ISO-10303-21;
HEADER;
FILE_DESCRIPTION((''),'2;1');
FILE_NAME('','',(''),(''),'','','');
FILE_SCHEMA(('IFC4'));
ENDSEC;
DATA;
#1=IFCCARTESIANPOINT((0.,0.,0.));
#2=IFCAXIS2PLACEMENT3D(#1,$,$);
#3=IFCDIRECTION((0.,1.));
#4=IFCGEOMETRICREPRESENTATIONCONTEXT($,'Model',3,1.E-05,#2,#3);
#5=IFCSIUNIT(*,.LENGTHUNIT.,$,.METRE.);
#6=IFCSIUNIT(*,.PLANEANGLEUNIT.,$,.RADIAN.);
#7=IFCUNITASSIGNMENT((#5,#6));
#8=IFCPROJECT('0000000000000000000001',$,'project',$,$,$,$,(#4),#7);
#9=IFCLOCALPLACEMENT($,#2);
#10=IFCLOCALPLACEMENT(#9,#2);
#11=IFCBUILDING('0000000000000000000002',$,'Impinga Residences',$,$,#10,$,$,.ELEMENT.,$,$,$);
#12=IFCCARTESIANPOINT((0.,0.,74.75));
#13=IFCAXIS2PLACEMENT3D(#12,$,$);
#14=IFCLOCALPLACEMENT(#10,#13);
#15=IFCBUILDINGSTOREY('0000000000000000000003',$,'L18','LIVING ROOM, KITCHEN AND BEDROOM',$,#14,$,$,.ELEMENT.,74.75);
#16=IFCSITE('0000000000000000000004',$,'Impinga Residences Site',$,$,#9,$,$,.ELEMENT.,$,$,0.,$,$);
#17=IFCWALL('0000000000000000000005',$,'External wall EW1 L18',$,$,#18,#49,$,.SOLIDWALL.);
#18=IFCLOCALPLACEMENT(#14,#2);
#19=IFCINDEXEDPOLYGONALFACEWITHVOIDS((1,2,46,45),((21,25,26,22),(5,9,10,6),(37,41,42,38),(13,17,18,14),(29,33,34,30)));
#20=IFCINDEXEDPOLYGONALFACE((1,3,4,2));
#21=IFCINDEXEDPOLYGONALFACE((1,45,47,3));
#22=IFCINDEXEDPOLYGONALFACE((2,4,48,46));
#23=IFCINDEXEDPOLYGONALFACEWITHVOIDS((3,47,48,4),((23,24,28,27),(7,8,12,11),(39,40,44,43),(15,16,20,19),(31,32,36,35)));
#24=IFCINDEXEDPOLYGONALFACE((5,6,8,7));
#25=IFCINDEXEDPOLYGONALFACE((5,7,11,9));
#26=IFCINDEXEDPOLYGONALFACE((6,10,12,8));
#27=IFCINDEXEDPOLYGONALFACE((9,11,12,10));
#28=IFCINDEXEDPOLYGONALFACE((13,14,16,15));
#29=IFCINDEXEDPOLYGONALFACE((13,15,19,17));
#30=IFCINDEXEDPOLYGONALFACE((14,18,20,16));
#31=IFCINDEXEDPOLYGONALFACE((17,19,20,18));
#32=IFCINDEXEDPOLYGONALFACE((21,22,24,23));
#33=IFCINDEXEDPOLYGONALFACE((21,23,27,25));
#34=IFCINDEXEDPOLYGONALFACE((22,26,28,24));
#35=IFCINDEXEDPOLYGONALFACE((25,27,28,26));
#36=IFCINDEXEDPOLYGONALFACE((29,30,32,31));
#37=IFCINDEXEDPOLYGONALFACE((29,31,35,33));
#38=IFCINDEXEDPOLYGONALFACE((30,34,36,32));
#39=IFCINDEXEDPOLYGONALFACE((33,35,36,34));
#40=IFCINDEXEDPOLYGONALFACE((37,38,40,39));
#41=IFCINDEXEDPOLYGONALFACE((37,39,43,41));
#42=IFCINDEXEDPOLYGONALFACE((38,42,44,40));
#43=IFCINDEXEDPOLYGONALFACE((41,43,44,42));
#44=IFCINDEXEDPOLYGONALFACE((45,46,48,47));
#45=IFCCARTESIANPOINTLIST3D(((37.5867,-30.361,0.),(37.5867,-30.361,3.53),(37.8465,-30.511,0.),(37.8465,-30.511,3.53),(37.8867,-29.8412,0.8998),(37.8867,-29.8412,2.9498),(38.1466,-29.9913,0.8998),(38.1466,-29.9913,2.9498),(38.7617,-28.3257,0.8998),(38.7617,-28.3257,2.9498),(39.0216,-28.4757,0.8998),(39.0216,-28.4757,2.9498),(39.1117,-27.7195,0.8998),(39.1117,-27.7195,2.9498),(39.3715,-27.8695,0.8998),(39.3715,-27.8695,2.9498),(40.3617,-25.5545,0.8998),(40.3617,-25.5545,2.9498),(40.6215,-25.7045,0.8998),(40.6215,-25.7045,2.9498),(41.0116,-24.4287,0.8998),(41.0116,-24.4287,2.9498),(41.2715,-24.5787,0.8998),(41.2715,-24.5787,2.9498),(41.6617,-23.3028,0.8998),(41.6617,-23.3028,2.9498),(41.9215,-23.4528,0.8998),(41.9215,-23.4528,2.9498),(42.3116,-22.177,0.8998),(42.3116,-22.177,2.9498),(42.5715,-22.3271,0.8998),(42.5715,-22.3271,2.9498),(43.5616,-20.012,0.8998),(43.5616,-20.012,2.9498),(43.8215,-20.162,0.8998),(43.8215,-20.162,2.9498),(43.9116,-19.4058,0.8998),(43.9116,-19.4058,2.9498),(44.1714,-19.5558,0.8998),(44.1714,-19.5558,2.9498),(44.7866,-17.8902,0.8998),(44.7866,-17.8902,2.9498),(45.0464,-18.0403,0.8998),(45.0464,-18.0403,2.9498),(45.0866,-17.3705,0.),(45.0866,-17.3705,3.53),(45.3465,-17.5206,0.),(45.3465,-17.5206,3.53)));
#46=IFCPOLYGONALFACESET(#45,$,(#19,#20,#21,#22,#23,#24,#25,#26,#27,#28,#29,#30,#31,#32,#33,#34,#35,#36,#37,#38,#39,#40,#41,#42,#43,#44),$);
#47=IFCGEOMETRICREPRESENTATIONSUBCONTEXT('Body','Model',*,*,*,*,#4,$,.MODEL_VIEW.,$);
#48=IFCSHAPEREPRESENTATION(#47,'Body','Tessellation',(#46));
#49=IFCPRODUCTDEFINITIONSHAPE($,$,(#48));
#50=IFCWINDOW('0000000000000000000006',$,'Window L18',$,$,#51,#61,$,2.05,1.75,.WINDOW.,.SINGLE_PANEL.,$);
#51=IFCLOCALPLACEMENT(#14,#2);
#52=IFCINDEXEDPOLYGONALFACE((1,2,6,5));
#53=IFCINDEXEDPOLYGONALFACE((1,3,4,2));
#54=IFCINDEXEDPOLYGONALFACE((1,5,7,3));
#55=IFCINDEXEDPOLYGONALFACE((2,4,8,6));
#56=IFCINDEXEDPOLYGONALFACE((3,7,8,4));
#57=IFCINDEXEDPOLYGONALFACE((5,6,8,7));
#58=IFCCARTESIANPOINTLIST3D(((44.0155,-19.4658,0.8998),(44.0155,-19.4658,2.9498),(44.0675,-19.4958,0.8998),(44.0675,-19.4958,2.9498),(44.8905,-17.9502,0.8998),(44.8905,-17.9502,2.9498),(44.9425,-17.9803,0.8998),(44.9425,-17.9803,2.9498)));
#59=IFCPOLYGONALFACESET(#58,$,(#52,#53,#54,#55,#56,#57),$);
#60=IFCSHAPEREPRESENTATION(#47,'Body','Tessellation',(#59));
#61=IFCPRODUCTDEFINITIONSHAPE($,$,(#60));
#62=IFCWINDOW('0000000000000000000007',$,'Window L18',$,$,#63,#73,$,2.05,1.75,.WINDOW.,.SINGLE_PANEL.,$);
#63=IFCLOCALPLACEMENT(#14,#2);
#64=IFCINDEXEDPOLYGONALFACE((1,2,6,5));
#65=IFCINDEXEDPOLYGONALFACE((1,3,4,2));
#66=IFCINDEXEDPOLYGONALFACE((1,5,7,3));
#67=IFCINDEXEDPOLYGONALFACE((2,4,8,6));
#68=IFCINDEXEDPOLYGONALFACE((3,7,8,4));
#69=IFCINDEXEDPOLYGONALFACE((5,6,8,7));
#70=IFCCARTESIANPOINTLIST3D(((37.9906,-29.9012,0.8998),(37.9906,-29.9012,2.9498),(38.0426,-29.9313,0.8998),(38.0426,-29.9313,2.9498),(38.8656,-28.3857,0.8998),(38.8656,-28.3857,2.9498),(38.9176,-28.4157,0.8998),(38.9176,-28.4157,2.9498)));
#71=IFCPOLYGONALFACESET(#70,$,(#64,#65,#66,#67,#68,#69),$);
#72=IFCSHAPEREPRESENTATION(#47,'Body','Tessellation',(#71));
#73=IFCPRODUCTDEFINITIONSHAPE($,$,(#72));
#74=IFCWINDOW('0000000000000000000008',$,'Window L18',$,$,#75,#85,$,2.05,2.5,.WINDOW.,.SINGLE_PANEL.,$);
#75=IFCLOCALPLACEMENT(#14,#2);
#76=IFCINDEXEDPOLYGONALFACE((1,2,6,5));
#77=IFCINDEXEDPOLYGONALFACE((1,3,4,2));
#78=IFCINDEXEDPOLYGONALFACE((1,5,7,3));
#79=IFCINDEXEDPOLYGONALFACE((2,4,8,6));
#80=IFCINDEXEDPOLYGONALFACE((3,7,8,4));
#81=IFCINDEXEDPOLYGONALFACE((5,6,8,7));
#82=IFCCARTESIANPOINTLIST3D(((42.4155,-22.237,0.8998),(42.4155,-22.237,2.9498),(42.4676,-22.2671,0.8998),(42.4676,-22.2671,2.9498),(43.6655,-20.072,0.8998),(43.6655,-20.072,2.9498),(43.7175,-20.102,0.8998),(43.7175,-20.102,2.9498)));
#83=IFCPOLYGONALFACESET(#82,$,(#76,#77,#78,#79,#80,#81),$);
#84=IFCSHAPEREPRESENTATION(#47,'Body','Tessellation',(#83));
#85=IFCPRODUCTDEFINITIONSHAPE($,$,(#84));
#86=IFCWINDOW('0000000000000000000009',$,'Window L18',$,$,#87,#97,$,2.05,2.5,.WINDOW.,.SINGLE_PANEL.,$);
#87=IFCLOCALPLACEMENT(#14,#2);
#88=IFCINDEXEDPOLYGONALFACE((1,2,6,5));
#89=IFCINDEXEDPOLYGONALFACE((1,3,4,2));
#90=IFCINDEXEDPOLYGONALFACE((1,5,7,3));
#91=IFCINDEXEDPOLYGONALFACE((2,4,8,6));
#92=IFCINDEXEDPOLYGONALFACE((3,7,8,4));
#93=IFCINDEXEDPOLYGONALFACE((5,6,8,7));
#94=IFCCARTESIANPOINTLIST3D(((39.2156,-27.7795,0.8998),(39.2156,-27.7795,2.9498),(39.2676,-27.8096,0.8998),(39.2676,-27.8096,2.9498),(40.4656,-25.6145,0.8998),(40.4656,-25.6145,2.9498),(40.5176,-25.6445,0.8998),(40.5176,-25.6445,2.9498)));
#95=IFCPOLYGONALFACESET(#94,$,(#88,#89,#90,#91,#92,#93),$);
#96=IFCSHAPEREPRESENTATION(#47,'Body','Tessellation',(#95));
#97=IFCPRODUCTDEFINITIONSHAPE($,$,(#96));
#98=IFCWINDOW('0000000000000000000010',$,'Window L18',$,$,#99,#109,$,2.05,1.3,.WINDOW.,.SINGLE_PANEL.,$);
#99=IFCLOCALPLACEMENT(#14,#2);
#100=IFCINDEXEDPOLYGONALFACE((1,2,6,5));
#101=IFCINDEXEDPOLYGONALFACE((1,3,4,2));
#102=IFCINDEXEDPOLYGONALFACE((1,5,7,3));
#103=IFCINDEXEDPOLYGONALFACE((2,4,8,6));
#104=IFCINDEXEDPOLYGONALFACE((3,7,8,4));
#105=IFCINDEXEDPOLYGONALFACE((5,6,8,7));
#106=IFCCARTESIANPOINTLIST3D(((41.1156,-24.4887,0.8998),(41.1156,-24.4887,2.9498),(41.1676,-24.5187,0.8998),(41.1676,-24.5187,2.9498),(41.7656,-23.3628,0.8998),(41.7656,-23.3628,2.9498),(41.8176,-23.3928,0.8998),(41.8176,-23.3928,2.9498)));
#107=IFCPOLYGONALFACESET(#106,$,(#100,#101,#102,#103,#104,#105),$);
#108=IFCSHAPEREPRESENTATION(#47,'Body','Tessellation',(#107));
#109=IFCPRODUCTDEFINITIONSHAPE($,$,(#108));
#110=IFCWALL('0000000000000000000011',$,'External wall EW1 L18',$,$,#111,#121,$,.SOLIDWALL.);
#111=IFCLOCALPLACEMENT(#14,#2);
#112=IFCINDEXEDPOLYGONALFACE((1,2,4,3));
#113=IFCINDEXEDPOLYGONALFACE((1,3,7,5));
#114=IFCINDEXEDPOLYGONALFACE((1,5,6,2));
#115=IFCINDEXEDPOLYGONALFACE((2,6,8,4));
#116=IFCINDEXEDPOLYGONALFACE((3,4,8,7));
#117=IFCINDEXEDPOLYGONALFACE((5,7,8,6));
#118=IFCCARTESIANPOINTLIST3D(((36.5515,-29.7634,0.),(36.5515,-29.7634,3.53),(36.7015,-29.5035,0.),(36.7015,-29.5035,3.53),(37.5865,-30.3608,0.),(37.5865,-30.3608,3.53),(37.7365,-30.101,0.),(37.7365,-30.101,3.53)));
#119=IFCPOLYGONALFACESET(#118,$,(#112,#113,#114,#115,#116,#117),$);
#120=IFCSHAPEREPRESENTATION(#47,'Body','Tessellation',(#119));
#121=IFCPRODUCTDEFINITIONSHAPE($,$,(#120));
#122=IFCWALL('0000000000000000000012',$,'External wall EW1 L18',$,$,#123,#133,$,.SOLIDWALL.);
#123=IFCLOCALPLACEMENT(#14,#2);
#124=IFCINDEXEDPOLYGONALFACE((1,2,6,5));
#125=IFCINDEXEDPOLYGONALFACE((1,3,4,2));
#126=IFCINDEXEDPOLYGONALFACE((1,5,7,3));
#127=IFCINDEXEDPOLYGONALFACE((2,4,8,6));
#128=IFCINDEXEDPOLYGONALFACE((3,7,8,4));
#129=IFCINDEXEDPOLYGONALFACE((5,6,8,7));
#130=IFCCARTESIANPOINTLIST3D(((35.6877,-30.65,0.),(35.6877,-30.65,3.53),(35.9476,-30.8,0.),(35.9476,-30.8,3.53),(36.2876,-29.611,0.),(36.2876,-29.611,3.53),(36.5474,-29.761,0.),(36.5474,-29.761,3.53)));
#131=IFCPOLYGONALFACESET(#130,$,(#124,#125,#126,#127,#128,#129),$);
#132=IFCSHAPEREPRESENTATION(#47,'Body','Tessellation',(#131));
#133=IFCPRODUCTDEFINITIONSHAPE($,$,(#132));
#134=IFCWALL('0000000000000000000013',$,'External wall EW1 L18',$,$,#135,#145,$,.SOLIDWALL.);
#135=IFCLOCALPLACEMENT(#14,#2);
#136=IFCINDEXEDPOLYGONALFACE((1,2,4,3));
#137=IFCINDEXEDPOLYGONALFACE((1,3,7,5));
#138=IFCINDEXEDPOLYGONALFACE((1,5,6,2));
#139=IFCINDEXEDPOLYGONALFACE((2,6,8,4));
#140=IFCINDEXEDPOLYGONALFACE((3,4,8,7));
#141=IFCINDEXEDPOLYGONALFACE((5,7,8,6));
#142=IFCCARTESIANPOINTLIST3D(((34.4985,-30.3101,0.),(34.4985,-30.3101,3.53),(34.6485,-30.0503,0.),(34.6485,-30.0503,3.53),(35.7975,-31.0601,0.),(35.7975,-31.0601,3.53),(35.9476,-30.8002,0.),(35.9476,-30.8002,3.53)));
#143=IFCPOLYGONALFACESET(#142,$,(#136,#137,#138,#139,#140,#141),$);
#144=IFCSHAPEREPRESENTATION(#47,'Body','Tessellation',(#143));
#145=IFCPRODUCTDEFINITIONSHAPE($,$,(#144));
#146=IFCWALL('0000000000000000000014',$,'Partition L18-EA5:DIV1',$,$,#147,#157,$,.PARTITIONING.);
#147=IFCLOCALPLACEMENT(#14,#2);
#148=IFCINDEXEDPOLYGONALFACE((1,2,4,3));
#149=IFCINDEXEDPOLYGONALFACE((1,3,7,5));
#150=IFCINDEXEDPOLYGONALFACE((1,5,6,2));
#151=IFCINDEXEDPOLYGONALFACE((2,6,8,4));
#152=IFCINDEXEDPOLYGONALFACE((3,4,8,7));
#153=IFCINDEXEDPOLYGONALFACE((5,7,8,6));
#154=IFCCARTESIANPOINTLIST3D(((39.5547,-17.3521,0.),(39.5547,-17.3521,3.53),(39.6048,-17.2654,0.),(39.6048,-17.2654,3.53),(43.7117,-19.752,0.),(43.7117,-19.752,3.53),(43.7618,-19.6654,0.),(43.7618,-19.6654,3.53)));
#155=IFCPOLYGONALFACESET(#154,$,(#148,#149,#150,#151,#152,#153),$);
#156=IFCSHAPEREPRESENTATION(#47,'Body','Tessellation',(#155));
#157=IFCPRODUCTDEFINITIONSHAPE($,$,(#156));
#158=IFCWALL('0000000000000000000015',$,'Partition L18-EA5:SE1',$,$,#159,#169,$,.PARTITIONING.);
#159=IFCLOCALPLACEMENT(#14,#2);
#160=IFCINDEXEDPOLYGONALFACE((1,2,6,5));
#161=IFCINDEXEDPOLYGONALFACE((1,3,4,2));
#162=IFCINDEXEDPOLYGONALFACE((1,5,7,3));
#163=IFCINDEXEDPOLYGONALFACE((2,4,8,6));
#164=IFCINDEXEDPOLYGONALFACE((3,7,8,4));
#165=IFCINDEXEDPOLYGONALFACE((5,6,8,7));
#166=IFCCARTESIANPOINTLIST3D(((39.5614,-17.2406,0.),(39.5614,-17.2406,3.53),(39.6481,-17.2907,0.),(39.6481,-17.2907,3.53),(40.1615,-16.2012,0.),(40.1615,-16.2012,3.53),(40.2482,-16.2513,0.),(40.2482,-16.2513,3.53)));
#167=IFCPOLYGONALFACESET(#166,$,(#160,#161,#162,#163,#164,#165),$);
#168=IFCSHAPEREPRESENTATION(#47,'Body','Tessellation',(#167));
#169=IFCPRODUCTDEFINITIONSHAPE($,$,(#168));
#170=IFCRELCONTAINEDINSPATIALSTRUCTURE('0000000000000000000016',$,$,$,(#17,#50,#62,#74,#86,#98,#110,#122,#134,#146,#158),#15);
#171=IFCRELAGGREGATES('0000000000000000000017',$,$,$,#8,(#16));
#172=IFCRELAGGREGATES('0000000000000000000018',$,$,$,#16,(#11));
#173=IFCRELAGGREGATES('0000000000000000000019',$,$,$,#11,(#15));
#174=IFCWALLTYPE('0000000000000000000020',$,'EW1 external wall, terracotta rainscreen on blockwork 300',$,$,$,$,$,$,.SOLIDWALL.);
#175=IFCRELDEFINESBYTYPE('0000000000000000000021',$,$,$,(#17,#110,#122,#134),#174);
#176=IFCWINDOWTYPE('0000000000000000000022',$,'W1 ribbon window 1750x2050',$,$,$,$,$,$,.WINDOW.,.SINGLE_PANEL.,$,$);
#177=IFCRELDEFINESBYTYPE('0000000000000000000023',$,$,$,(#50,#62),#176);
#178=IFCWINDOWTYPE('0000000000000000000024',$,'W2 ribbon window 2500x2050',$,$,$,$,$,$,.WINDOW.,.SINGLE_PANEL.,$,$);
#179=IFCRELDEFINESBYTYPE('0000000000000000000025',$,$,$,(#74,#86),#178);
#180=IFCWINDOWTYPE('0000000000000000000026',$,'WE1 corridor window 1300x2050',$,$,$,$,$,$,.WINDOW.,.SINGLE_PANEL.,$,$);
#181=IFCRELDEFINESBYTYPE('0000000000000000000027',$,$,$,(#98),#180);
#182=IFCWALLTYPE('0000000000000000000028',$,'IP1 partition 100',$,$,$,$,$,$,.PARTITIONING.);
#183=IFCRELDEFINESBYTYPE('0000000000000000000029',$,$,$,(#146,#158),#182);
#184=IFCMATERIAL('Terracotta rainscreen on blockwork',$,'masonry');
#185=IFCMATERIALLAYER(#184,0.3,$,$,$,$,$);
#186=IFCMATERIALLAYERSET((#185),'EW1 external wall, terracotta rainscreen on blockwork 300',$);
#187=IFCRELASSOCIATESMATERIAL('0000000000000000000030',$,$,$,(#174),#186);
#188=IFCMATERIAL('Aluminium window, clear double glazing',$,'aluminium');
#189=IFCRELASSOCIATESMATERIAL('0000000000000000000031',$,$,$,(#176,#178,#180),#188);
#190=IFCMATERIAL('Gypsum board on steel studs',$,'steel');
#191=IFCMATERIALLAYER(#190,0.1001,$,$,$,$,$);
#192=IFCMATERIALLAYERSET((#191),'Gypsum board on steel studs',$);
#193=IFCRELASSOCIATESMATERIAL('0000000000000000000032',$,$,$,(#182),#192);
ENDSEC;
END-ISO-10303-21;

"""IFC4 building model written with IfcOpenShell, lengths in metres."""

from ifc_helpers import new_model, si_unit, direction, frame, frame_2d, origin, place, context, subcontext, project, spatial, rectangle, extrude, material, layer, layer_set, type_object, element, fill, save


model = new_model("IFC4")

# Units and contexts
model_context = context("Model", 3, precision=1e-05, world=origin(), true_north=direction((0.0, 1.0)))
body_context = subcontext(model_context, "Body", "Model", "MODEL_VIEW")
ifc_project = project(units=[si_unit("LENGTHUNIT", "METRE"), si_unit("PLANEANGLEUNIT", "RADIAN")], contexts=[model_context])

# Site, building, storey
site_placement = place(None, origin())
site = spatial("IfcSite", under=ifc_project, at=site_placement, Name="Impinga Residences Site", CompositionType="ELEMENT", RefElevation=0.0)
building_placement = place(site_placement, origin())
building = spatial("IfcBuilding", under=site, at=building_placement, Name="Impinga Residences", CompositionType="ELEMENT")
storey_placement = place(building_placement, frame((0.0, 0.0, 74.75)))
storey = spatial("IfcBuildingStorey", under=building, at=storey_placement, Name="L18", Description="LIVING ROOM, KITCHEN AND BEDROOM", CompositionType="ELEMENT", Elevation=74.75)

# Wall, openings, windows
ifc_material_1 = material(Name="Terracotta rainscreen on blockwork", Category="masonry")
ifc_layer_1 = layer(ifc_material_1, 0.3)
ifc_layer_set_1 = layer_set([ifc_layer_1], Name="EW1 external wall, terracotta rainscreen on blockwork 300")
wall_type_1 = type_object("IfcWallType", Name="EW1 external wall, terracotta rainscreen on blockwork 300", PredefinedType="SOLIDWALL", material=ifc_layer_set_1)
wall_1_placement = place(storey_placement, frame((45.2166, -17.4456, 0.0), z_axis=(0.0, 0.0, 1.0), x_axis=(-0.499997, -0.866027, 0.0)))
wall_1 = element("IfcWall", 1, at=wall_1_placement, inside=storey, type_object=wall_type_1, Name="External wall EW1 L18", PredefinedType="SOLIDWALL", context=body_context, shape_type="SweptSolid", body=[
    extrude(rectangle(XDim=15.0, YDim=0.3, at=frame_2d((7.5, 0.0))), origin(), (0.0, 0.0, 1.0), 3.53),
])
opening_1_placement = place(wall_1_placement, frame((0.6001, 0.0, 0.8999)))
opening_1 = element("IfcOpeningElement", 2, at=opening_1_placement, cuts=wall_1, PredefinedType="OPENING", context=body_context, shape_type="SweptSolid", body=[
    extrude(rectangle(XDim=1.75, YDim=2.05, at=frame_2d((0.875, 1.0249))), frame((0.0, 0.1599, 0.0), z_axis=(0.0, -1.0, 0.0), x_axis=(1.0, 0.0, 0.0)), (0.0, 0.0, 1.0), 0.3201),
])
opening_2_placement = place(wall_1_placement, frame((3.05, 0.0, 0.8999)))
opening_2 = element("IfcOpeningElement", 3, at=opening_2_placement, cuts=wall_1, PredefinedType="OPENING", context=body_context, shape_type="SweptSolid", body=[
    extrude(rectangle(XDim=2.5, YDim=2.05, at=frame_2d((1.25, 1.0249))), frame((0.0, 0.1599, 0.0), z_axis=(0.0, -1.0, 0.0), x_axis=(1.0, 0.0, 0.0)), (0.0, 0.0, 1.0), 0.3201),
])
opening_3_placement = place(wall_1_placement, frame((6.8501, 0.0, 0.8999)))
opening_3 = element("IfcOpeningElement", 4, at=opening_3_placement, cuts=wall_1, PredefinedType="OPENING", context=body_context, shape_type="SweptSolid", body=[
    extrude(rectangle(XDim=1.3, YDim=2.05, at=frame_2d((0.6499, 1.0249))), frame((0.0, 0.1599, 0.0), z_axis=(0.0, -1.0, 0.0), x_axis=(1.0, 0.0, 0.0)), (0.0, 0.0, 1.0), 0.3201),
])
opening_4_placement = place(wall_1_placement, frame((9.45, 0.0, 0.8999)))
opening_4 = element("IfcOpeningElement", 5, at=opening_4_placement, cuts=wall_1, PredefinedType="OPENING", context=body_context, shape_type="SweptSolid", body=[
    extrude(rectangle(XDim=2.5, YDim=2.05, at=frame_2d((1.25, 1.0249))), frame((0.0, 0.1599, 0.0), z_axis=(0.0, -1.0, 0.0), x_axis=(1.0, 0.0, 0.0)), (0.0, 0.0, 1.0), 0.3201),
])
opening_5_placement = place(wall_1_placement, frame((12.6499, 0.0, 0.8999)))
opening_5 = element("IfcOpeningElement", 6, at=opening_5_placement, cuts=wall_1, PredefinedType="OPENING", context=body_context, shape_type="SweptSolid", body=[
    extrude(rectangle(XDim=1.75, YDim=2.05, at=frame_2d((0.875, 1.0249))), frame((0.0, 0.1599, 0.0), z_axis=(0.0, -1.0, 0.0), x_axis=(1.0, 0.0, 0.0)), (0.0, 0.0, 1.0), 0.3201),
])
ifc_material_2 = material(Name="Aluminium window, clear double glazing", Category="aluminium")
window_type_1 = type_object("IfcWindowType", Name="W1 ribbon window 1750x2050", PartitioningType="SINGLE_PANEL", PredefinedType="WINDOW", material=ifc_material_2)
window_1_placement = place(opening_1_placement, origin())
window_1 = element("IfcWindow", 7, at=window_1_placement, inside=storey, type_object=window_type_1, Name="Window L18", OverallHeight=2.05, OverallWidth=1.75, PartitioningType="SINGLE_PANEL", PredefinedType="WINDOW", context=body_context, shape_type="SweptSolid", body=[
    extrude(rectangle(XDim=1.75, YDim=2.05, at=frame_2d((0.875, 1.0249))), frame((0.0, 0.03, 0.0), z_axis=(0.0, -1.0, 0.0), x_axis=(1.0, 0.0, 0.0)), (0.0, 0.0, 1.0), 0.0601),
])
fill(opening_1, window_1)
window_2_placement = place(opening_5_placement, origin())
window_2 = element("IfcWindow", 8, at=window_2_placement, inside=storey, type_object=window_type_1, Name="Window L18", OverallHeight=2.05, OverallWidth=1.75, PartitioningType="SINGLE_PANEL", PredefinedType="WINDOW", context=body_context, shape_type="SweptSolid", body=[
    extrude(rectangle(XDim=1.75, YDim=2.05, at=frame_2d((0.875, 1.0249))), frame((0.0, 0.03, 0.0), z_axis=(0.0, -1.0, 0.0), x_axis=(1.0, 0.0, 0.0)), (0.0, 0.0, 1.0), 0.0601),
])
fill(opening_5, window_2)
window_type_2 = type_object("IfcWindowType", Name="W2 ribbon window 2500x2050", PartitioningType="SINGLE_PANEL", PredefinedType="WINDOW", material=ifc_material_2)
window_3_placement = place(opening_2_placement, origin())
window_3 = element("IfcWindow", 9, at=window_3_placement, inside=storey, type_object=window_type_2, Name="Window L18", OverallHeight=2.05, OverallWidth=2.5, PartitioningType="SINGLE_PANEL", PredefinedType="WINDOW", context=body_context, shape_type="SweptSolid", body=[
    extrude(rectangle(XDim=2.5, YDim=2.05, at=frame_2d((1.25, 1.0249))), frame((0.0, 0.03, 0.0), z_axis=(0.0, -1.0, 0.0), x_axis=(1.0, 0.0, 0.0)), (0.0, 0.0, 1.0), 0.0601),
])
fill(opening_2, window_3)
window_4_placement = place(opening_4_placement, origin())
window_4 = element("IfcWindow", 10, at=window_4_placement, inside=storey, type_object=window_type_2, Name="Window L18", OverallHeight=2.05, OverallWidth=2.5, PartitioningType="SINGLE_PANEL", PredefinedType="WINDOW", context=body_context, shape_type="SweptSolid", body=[
    extrude(rectangle(XDim=2.5, YDim=2.05, at=frame_2d((1.25, 1.0249))), frame((0.0, 0.03, 0.0), z_axis=(0.0, -1.0, 0.0), x_axis=(1.0, 0.0, 0.0)), (0.0, 0.0, 1.0), 0.0601),
])
fill(opening_4, window_4)
window_type_3 = type_object("IfcWindowType", Name="WE1 corridor window 1300x2050", PartitioningType="SINGLE_PANEL", PredefinedType="WINDOW", material=ifc_material_2)
window_5_placement = place(opening_3_placement, origin())
window_5 = element("IfcWindow", 11, at=window_5_placement, inside=storey, type_object=window_type_3, Name="Window L18", OverallHeight=2.05, OverallWidth=1.3, PartitioningType="SINGLE_PANEL", PredefinedType="WINDOW", context=body_context, shape_type="SweptSolid", body=[
    extrude(rectangle(XDim=1.3, YDim=2.05, at=frame_2d((0.6499, 1.0249))), frame((0.0, 0.03, 0.0), z_axis=(0.0, -1.0, 0.0), x_axis=(1.0, 0.0, 0.0)), (0.0, 0.0, 1.0), 0.0601),
])
fill(opening_3, window_5)

# Walls
wall_2_placement = place(storey_placement, frame((37.6616, -30.231, 0.0), z_axis=(0.0, 0.0, 1.0), x_axis=(-0.86606, 0.499941, 0.0)))
element("IfcWall", 12, at=wall_2_placement, inside=storey, type_object=wall_type_1, Name="External wall EW1 L18", PredefinedType="SOLIDWALL", context=body_context, shape_type="SweptSolid", body=[
    extrude(rectangle(XDim=1.1951, YDim=0.3, at=frame_2d((0.5977, 0.0))), origin(), (0.0, 0.0, 1.0), 3.53),
])
wall_3_placement = place(storey_placement, frame((36.4175, -29.686, 0.0), z_axis=(0.0, 0.0, 1.0), x_axis=(-0.499969, -0.866043, 0.0)))
element("IfcWall", 13, at=wall_3_placement, inside=storey, type_object=wall_type_1, Name="External wall EW1 L18", PredefinedType="SOLIDWALL", context=body_context, shape_type="SweptSolid", body=[
    extrude(rectangle(XDim=1.1997, YDim=0.3, at=frame_2d((0.5999, 0.0))), origin(), (0.0, 0.0, 1.0), 3.53),
])
wall_4_placement = place(storey_placement, frame((35.8726, -30.9302, 0.0), z_axis=(0.0, 0.0, 1.0), x_axis=(-0.866031, 0.49999, 0.0)))
element("IfcWall", 14, at=wall_4_placement, inside=storey, type_object=wall_type_1, Name="External wall EW1 L18", PredefinedType="SOLIDWALL", context=body_context, shape_type="SweptSolid", body=[
    extrude(rectangle(XDim=1.5, YDim=0.3, at=frame_2d((0.75, 0.0))), origin(), (0.0, 0.0, 1.0), 3.53),
])
ifc_material_3 = material(Name="Gypsum board on steel studs", Category="steel")
ifc_layer_2 = layer(ifc_material_3, 0.1001)
ifc_layer_set_2 = layer_set([ifc_layer_2], Name="Gypsum board on steel studs")
wall_type_2 = type_object("IfcWallType", Name="IP1 partition 100", PredefinedType="PARTITIONING", material=ifc_layer_set_2)
wall_5_placement = place(storey_placement, frame((39.5798, -17.3088, 0.0), z_axis=(0.0, 0.0, 1.0), x_axis=(0.866037, -0.499979, 0.0)))
element("IfcWall", 15, at=wall_5_placement, inside=storey, type_object=wall_type_2, Name="Partition L18-EA5:DIV1", PredefinedType="PARTITIONING", context=body_context, shape_type="SweptSolid", body=[
    extrude(rectangle(XDim=4.8, YDim=0.1001, at=frame_2d((2.3999, 0.0))), origin(), (0.0, 0.0, 1.0), 3.53),
])
wall_6_placement = place(storey_placement, frame((39.6047, -17.2656, 0.0), z_axis=(0.0, 0.0, 1.0), x_axis=(0.500034, 0.866006, 0.0)))
element("IfcWall", 16, at=wall_6_placement, inside=storey, type_object=wall_type_2, Name="Partition L18-EA5:SE1", PredefinedType="PARTITIONING", context=body_context, shape_type="SweptSolid", body=[
    extrude(rectangle(XDim=1.2002, YDim=0.1001, at=frame_2d((0.6001, 0.0))), origin(), (0.0, 0.0, 1.0), 3.53),
])

save(model, "model.ifc")
